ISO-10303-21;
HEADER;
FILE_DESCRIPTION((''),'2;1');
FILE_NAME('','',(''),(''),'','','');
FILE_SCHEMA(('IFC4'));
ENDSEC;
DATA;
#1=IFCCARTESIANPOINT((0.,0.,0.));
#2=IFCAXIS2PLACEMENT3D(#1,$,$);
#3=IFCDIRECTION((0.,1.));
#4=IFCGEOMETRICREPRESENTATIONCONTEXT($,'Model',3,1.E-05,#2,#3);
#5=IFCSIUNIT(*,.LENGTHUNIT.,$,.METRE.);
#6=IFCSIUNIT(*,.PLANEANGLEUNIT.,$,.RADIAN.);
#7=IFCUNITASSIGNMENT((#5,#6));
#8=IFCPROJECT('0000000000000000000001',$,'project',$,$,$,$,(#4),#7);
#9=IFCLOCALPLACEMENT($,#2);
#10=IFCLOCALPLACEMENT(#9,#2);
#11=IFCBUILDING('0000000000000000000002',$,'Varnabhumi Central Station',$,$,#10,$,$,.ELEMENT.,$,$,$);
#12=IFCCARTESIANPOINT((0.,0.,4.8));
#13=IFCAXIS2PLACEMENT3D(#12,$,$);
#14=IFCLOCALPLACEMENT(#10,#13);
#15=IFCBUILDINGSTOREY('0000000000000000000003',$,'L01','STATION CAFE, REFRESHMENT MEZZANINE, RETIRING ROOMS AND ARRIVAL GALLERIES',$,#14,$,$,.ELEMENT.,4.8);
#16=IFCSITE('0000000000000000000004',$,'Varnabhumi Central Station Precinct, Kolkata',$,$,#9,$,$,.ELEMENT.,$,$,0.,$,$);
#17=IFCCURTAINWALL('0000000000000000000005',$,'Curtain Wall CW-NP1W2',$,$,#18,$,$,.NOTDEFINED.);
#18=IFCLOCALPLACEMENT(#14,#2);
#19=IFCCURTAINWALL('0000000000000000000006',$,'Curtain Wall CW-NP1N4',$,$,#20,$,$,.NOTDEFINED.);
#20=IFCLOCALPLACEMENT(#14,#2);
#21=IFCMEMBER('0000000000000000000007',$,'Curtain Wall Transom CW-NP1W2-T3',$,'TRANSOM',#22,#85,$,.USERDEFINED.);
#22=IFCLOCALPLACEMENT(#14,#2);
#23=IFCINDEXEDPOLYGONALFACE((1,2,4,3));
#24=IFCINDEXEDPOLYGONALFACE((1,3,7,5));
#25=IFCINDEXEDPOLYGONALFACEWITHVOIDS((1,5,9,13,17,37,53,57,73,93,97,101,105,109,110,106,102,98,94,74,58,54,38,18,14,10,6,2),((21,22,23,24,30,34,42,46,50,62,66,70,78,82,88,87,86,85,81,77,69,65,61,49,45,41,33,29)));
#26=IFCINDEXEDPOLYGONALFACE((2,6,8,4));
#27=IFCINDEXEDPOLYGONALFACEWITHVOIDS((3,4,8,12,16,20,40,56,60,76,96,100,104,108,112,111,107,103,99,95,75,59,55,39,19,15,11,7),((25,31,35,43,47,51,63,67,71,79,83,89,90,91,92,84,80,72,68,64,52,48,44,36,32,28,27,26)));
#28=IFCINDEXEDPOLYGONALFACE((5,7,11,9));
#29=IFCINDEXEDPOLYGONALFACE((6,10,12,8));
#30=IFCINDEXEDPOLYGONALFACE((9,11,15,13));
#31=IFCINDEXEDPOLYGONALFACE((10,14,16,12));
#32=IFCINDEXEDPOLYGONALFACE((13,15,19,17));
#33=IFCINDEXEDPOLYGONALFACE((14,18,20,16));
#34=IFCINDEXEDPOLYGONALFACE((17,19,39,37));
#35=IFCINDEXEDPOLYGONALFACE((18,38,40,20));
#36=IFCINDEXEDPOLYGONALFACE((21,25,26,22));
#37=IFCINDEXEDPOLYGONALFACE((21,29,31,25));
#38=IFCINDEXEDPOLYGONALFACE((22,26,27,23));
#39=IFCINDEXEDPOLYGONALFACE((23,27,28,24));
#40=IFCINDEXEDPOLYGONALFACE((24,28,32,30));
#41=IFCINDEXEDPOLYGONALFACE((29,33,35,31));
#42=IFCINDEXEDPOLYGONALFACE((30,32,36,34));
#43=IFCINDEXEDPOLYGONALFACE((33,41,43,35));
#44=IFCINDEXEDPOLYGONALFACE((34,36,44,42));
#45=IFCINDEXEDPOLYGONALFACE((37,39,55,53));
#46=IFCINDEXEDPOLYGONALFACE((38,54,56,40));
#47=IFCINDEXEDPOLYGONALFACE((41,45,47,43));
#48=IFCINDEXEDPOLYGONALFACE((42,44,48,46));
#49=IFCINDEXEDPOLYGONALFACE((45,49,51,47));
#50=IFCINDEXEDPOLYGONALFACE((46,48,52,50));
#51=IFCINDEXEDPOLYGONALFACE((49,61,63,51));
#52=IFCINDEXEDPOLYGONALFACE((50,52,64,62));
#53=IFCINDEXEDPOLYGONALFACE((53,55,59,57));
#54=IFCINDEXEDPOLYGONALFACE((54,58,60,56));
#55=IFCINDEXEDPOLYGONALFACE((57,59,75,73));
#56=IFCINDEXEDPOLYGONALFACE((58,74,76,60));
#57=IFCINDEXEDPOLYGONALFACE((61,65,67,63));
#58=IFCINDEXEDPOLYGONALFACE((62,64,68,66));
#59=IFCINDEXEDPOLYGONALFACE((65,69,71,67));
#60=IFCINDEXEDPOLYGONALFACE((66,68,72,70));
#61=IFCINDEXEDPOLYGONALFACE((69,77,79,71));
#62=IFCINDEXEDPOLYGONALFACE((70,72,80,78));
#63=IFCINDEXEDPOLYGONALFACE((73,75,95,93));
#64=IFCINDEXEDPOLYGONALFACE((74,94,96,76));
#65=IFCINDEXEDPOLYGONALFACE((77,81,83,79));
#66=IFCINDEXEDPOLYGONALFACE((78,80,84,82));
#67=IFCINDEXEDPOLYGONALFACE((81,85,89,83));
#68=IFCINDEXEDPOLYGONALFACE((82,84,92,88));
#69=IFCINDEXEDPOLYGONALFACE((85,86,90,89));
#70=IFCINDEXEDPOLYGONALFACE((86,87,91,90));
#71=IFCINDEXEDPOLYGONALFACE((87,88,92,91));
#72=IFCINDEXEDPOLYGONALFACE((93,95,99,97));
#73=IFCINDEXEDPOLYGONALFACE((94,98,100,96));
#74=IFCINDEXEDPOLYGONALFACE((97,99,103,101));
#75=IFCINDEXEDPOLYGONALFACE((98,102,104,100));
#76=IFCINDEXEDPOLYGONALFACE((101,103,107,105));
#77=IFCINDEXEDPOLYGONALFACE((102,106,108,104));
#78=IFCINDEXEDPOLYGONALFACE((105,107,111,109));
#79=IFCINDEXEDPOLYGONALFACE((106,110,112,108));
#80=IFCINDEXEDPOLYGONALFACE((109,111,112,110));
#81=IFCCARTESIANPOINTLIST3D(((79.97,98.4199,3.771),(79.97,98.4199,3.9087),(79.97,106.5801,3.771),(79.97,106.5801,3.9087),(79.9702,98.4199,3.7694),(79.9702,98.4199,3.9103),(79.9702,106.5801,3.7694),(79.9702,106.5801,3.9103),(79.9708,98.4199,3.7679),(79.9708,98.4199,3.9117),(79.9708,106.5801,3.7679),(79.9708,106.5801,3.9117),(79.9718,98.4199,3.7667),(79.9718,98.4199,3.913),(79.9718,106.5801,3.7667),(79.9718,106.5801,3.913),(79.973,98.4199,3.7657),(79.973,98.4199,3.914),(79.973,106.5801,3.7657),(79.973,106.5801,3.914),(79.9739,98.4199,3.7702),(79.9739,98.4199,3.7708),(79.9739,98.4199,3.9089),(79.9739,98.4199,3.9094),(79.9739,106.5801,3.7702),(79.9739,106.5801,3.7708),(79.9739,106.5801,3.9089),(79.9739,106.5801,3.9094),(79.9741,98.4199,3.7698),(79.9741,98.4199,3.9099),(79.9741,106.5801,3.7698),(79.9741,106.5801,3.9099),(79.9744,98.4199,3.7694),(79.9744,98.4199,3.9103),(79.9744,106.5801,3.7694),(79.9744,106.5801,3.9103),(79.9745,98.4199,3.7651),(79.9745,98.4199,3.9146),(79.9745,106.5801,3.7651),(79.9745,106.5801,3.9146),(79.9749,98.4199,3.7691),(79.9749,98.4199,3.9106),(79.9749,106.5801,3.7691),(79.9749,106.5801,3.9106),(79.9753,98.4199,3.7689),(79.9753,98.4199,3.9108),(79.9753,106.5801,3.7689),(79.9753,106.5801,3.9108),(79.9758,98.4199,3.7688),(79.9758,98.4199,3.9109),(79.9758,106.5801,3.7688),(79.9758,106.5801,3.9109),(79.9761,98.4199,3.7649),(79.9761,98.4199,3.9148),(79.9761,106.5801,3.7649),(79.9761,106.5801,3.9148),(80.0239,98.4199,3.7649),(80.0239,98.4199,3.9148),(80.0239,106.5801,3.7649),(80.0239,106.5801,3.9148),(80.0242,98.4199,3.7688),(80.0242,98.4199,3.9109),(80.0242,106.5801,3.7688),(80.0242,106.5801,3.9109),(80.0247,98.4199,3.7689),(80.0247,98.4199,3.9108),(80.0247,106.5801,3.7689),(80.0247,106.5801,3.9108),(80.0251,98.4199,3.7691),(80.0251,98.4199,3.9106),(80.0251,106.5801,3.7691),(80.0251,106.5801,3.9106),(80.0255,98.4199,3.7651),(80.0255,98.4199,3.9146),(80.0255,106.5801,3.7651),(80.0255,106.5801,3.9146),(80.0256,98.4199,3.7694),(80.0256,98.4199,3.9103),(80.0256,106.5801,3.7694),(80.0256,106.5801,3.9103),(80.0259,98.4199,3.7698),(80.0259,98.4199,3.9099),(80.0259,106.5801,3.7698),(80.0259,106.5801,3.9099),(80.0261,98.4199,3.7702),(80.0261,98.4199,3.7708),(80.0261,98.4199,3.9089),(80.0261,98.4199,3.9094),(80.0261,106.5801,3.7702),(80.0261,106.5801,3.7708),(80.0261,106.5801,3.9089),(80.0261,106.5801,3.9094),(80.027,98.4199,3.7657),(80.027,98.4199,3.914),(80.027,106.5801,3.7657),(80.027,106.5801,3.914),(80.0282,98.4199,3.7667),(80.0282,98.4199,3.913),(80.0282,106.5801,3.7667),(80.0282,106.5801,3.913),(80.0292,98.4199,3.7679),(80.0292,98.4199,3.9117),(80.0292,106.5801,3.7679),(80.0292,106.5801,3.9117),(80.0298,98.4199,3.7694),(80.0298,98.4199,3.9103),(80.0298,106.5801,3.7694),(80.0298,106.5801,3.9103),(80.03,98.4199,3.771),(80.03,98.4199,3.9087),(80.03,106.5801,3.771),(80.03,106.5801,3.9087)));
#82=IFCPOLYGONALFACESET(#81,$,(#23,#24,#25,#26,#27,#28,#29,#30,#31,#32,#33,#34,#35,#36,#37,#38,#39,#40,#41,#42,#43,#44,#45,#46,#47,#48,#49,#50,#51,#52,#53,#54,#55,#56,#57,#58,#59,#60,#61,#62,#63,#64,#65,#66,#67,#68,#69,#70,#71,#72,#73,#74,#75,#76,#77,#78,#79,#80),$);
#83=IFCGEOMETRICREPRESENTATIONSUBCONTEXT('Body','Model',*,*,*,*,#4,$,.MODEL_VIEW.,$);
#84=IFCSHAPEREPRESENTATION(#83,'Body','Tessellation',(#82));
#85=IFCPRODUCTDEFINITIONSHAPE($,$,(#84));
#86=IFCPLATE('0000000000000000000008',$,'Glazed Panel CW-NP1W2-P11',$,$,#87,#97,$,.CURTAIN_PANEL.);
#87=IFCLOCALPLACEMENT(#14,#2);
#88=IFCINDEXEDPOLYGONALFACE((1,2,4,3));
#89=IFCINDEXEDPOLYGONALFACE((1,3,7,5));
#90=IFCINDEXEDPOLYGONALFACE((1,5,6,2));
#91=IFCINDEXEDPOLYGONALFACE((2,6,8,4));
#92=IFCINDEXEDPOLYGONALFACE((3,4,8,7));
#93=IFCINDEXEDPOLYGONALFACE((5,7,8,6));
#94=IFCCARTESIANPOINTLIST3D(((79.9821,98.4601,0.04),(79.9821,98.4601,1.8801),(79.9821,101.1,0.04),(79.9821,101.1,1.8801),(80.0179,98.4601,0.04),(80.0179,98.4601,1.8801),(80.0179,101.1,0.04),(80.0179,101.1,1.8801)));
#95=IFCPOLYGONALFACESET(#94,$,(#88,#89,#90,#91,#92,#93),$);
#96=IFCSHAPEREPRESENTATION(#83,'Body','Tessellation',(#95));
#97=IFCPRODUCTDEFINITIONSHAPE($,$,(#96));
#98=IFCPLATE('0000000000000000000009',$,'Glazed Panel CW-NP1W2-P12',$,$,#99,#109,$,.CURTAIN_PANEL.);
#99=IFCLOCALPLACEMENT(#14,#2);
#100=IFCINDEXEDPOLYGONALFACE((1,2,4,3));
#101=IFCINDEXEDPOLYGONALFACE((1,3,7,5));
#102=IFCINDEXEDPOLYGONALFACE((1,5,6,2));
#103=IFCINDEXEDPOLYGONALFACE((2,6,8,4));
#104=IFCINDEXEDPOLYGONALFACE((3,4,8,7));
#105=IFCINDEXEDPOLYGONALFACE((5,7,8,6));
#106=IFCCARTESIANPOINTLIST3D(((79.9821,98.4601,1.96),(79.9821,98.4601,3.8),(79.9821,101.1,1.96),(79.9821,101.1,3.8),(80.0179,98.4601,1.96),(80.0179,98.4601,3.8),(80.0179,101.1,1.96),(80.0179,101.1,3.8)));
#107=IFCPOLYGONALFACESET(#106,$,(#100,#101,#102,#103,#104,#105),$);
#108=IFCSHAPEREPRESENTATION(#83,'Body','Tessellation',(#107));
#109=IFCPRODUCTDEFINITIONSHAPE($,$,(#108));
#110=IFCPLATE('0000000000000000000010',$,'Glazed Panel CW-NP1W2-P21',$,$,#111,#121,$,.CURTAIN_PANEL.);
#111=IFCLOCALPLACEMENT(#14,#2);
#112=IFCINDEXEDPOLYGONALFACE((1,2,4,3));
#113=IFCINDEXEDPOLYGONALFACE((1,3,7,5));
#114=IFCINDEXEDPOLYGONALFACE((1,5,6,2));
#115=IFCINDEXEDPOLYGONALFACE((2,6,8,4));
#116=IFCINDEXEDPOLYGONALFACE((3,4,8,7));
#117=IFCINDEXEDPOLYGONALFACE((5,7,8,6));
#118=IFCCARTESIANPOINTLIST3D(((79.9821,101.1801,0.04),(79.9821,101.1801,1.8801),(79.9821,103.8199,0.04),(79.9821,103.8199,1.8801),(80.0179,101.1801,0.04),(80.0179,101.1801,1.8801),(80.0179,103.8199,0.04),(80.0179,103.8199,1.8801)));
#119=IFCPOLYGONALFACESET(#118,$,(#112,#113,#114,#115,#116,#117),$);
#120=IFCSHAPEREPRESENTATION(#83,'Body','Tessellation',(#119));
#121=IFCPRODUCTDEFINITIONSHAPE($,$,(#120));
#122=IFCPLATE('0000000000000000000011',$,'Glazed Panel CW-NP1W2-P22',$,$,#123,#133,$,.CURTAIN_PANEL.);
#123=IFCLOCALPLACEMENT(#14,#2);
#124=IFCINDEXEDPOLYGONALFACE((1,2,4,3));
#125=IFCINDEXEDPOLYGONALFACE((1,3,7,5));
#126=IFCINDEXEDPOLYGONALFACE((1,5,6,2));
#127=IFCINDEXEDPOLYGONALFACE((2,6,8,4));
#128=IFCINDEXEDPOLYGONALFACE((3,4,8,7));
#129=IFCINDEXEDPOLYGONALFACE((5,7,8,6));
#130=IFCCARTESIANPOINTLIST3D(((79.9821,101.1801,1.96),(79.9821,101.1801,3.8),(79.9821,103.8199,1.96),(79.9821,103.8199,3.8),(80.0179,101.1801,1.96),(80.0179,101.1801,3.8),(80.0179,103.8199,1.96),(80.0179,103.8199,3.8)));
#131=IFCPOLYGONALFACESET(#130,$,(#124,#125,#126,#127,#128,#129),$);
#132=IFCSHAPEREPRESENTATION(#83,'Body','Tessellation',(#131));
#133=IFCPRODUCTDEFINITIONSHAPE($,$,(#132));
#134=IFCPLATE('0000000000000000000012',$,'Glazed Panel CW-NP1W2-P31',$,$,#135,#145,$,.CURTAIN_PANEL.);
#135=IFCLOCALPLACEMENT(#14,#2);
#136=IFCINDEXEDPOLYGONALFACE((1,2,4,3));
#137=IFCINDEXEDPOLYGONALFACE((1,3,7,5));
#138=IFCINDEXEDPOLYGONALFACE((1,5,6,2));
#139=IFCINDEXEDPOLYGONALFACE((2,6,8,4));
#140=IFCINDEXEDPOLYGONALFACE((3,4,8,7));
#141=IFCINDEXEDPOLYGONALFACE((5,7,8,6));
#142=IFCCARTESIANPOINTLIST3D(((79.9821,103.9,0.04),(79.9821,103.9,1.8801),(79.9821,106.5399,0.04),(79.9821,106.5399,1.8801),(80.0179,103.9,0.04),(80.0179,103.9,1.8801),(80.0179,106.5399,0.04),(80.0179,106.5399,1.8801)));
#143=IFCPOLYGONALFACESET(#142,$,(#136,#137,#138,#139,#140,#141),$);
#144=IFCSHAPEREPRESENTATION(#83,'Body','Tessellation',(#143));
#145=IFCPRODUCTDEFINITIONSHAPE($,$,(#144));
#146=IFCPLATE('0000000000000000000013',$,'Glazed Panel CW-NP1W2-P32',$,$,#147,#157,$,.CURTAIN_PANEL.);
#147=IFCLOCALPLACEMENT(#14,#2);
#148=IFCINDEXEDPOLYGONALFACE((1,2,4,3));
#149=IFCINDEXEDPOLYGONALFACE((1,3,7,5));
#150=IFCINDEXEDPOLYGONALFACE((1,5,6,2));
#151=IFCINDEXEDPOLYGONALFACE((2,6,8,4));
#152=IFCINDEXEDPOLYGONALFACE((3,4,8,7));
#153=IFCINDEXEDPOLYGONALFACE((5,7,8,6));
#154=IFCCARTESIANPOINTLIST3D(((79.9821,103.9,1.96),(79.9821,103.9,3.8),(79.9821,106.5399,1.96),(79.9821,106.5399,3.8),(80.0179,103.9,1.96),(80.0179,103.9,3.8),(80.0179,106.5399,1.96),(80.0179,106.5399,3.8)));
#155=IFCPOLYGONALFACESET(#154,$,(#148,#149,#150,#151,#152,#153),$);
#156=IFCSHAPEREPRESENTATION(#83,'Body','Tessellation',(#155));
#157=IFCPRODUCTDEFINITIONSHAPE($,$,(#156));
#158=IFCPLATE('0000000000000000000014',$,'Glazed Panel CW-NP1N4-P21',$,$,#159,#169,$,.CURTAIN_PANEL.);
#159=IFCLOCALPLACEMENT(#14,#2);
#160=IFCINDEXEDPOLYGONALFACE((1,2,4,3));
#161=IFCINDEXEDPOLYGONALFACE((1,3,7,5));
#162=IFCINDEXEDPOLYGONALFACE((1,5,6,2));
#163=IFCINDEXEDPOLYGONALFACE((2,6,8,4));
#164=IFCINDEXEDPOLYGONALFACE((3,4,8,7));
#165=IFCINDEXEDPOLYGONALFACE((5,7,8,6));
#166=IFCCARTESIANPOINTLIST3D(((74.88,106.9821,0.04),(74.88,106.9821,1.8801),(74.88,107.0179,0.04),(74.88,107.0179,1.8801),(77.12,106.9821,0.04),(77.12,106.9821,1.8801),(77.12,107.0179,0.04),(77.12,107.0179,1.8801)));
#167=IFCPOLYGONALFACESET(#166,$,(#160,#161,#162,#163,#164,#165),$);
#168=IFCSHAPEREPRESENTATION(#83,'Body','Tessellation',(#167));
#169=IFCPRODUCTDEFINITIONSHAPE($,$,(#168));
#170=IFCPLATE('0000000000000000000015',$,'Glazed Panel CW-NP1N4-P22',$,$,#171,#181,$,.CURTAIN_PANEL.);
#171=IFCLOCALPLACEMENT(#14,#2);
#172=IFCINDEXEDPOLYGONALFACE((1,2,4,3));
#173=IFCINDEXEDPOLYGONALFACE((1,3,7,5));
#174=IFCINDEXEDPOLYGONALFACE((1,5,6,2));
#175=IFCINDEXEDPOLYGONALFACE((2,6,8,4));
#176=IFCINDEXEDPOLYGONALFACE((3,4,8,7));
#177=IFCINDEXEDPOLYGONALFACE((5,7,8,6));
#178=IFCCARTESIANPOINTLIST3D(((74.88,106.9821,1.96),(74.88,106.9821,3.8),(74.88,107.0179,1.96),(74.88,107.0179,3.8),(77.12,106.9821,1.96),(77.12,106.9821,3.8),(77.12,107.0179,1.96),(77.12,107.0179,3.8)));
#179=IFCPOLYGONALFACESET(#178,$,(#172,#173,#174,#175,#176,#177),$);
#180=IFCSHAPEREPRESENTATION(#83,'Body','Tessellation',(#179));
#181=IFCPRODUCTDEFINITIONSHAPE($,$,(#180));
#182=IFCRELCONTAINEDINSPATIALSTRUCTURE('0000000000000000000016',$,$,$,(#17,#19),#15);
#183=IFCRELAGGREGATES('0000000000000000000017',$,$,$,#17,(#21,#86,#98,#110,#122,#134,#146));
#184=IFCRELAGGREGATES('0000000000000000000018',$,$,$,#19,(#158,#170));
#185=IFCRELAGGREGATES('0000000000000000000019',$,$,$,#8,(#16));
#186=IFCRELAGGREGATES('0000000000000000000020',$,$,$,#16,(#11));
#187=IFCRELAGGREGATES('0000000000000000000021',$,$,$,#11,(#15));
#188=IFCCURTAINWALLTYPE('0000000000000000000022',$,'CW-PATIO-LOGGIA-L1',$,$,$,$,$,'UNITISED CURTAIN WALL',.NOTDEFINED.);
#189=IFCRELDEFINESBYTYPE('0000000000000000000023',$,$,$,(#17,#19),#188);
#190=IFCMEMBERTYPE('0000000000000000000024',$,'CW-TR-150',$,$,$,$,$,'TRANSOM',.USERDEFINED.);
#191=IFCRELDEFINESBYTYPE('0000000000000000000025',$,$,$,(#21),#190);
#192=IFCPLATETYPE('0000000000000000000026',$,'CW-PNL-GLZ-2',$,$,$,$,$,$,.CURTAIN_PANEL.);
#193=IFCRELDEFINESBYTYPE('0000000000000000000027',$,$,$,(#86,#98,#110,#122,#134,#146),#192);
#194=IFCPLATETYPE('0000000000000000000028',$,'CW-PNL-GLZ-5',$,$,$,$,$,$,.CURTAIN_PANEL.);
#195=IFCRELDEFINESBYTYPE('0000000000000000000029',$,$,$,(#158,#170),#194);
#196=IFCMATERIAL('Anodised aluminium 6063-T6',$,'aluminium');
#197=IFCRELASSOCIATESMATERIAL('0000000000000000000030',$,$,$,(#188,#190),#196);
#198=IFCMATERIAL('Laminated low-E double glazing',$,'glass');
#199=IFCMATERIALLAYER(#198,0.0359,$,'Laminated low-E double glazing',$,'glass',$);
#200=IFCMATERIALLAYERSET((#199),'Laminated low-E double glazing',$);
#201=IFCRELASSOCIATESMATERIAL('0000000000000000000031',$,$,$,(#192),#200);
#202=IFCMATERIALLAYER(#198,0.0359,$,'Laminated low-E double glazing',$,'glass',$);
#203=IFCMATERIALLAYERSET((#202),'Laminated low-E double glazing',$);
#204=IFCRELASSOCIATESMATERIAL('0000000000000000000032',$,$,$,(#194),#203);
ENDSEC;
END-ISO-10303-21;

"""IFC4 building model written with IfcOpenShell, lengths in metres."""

from ifc_helpers import new_model, si_unit, direction, frame, origin, origin_2d, place, context, subcontext, project, spatial, rectangle, hollow_rectangle, extrude, material, layer, layer_set, material_profile, profile_set, type_object, element, aggregate, save


model = new_model("IFC4")

# Units and contexts
model_context = context("Model", 3, precision=1e-05, world=origin(), true_north=direction((0.0, 1.0)))
body_context = subcontext(model_context, "Body", "Model", "MODEL_VIEW")
ifc_project = project(units=[si_unit("LENGTHUNIT", "METRE"), si_unit("PLANEANGLEUNIT", "RADIAN")], contexts=[model_context])

# Site, building, storey
site_placement = place(None, origin())
site = spatial("IfcSite", under=ifc_project, at=site_placement, Name="Varnabhumi Central Station Precinct, Kolkata", CompositionType="ELEMENT", RefElevation=0.0)
building_placement = place(site_placement, origin())
building = spatial("IfcBuilding", under=site, at=building_placement, Name="Varnabhumi Central Station", CompositionType="ELEMENT")
storey_placement = place(building_placement, frame((0.0, 0.0, 4.8)))
storey = spatial("IfcBuildingStorey", under=building, at=storey_placement, Name="L01", Description="STATION CAFE, REFRESHMENT MEZZANINE, RETIRING ROOMS AND ARRIVAL GALLERIES", CompositionType="ELEMENT", Elevation=4.8)

# Curtain wall
ifc_material_1 = material(Name="Anodised aluminium 6063-T6", Category="aluminium")
curtain_wall_type = type_object("IfcCurtainWallType", Name="CW-PATIO-LOGGIA-L1", ElementType="UNITISED CURTAIN WALL", PredefinedType="NOTDEFINED", material=ifc_material_1)
curtain_wall_1_placement = place(storey_placement, origin())
curtain_wall_1 = element("IfcCurtainWall", 1, at=curtain_wall_1_placement, inside=storey, type_object=curtain_wall_type, Name="Curtain Wall CW-NP1W2", PredefinedType="NOTDEFINED")

# Curtain wall
curtain_wall_2_placement = place(storey_placement, origin())
curtain_wall_2 = element("IfcCurtainWall", 2, at=curtain_wall_2_placement, inside=storey, type_object=curtain_wall_type, Name="Curtain Wall CW-NP1N4", PredefinedType="NOTDEFINED")

# Member
ifc_material_profile_1 = material_profile(ifc_material_1, hollow_rectangle(XDim=0.0601, YDim=0.1499, WallThickness=0.0039, InnerFilletRadius=0.002, OuterFilletRadius=0.0061, at=origin_2d()), Name="Anodised aluminium 6063-T6", Category="aluminium")
ifc_profile_set_1 = profile_set([ifc_material_profile_1], Name="Anodised aluminium 6063-T6")
member_type_1 = type_object("IfcMemberType", Name="CW-TR-150", ElementType="TRANSOM", PredefinedType="USERDEFINED", material=ifc_profile_set_1)
member_1_placement = place(storey_placement, frame((80.0, 98.4199, 3.8398), z_axis=(0.0, 1.0, 0.0), x_axis=(-1.0, 0.0, 0.0)))
member_1 = element("IfcMember", 3, at=member_1_placement, type_object=member_type_1, Name="Curtain Wall Transom CW-NP1W2-T3", ObjectType="TRANSOM", PredefinedType="USERDEFINED", context=body_context, shape_type="SweptSolid", body=[
    extrude(hollow_rectangle(XDim=0.0601, YDim=0.1499, WallThickness=0.0039, InnerFilletRadius=0.002, OuterFilletRadius=0.0061, at=origin_2d()), origin(), (0.0, 0.0, 1.0), 8.1602),
])

# Plates
ifc_material_2 = material(Name="Laminated low-E double glazing", Category="glass")
ifc_layer_1 = layer(ifc_material_2, 0.0359, Name="Laminated low-E double glazing", Category="glass")
ifc_layer_set_1 = layer_set([ifc_layer_1], Name="Laminated low-E double glazing")
plate_type_1 = type_object("IfcPlateType", Name="CW-PNL-GLZ-2", PredefinedType="CURTAIN_PANEL", material=ifc_layer_set_1)
plate_1_placement = place(storey_placement, frame((80.0, 99.78, 0.04), z_axis=(0.0, 0.0, 1.0), x_axis=(0.0, 1.0, 0.0)))
plate_1 = element("IfcPlate", 4, at=plate_1_placement, type_object=plate_type_1, Name="Glazed Panel CW-NP1W2-P11", PredefinedType="CURTAIN_PANEL", context=body_context, shape_type="SweptSolid", body=[
    extrude(rectangle(XDim=2.6399, YDim=0.0359, at=origin_2d()), origin(), (0.0, 0.0, 1.0), 1.8401),
])
plate_2_placement = place(storey_placement, frame((80.0, 99.78, 1.96), z_axis=(0.0, 0.0, 1.0), x_axis=(0.0, 1.0, 0.0)))
plate_2 = element("IfcPlate", 5, at=plate_2_placement, type_object=plate_type_1, Name="Glazed Panel CW-NP1W2-P12", PredefinedType="CURTAIN_PANEL", context=body_context, shape_type="SweptSolid", body=[
    extrude(rectangle(XDim=2.6399, YDim=0.0359, at=origin_2d()), origin(), (0.0, 0.0, 1.0), 1.8401),
])
plate_3_placement = place(storey_placement, frame((80.0, 102.5, 0.04), z_axis=(0.0, 0.0, 1.0), x_axis=(0.0, 1.0, 0.0)))
plate_3 = element("IfcPlate", 6, at=plate_3_placement, type_object=plate_type_1, Name="Glazed Panel CW-NP1W2-P21", PredefinedType="CURTAIN_PANEL", context=body_context, shape_type="SweptSolid", body=[
    extrude(rectangle(XDim=2.6399, YDim=0.0359, at=origin_2d()), origin(), (0.0, 0.0, 1.0), 1.8401),
])
plate_4_placement = place(storey_placement, frame((80.0, 102.5, 1.96), z_axis=(0.0, 0.0, 1.0), x_axis=(0.0, 1.0, 0.0)))
plate_4 = element("IfcPlate", 7, at=plate_4_placement, type_object=plate_type_1, Name="Glazed Panel CW-NP1W2-P22", PredefinedType="CURTAIN_PANEL", context=body_context, shape_type="SweptSolid", body=[
    extrude(rectangle(XDim=2.6399, YDim=0.0359, at=origin_2d()), origin(), (0.0, 0.0, 1.0), 1.8401),
])
plate_5_placement = place(storey_placement, frame((80.0, 105.22, 0.04), z_axis=(0.0, 0.0, 1.0), x_axis=(0.0, 1.0, 0.0)))
plate_5 = element("IfcPlate", 8, at=plate_5_placement, type_object=plate_type_1, Name="Glazed Panel CW-NP1W2-P31", PredefinedType="CURTAIN_PANEL", context=body_context, shape_type="SweptSolid", body=[
    extrude(rectangle(XDim=2.6399, YDim=0.0359, at=origin_2d()), origin(), (0.0, 0.0, 1.0), 1.8401),
])
plate_6_placement = place(storey_placement, frame((80.0, 105.22, 1.96), z_axis=(0.0, 0.0, 1.0), x_axis=(0.0, 1.0, 0.0)))
plate_6 = element("IfcPlate", 9, at=plate_6_placement, type_object=plate_type_1, Name="Glazed Panel CW-NP1W2-P32", PredefinedType="CURTAIN_PANEL", context=body_context, shape_type="SweptSolid", body=[
    extrude(rectangle(XDim=2.6399, YDim=0.0359, at=origin_2d()), origin(), (0.0, 0.0, 1.0), 1.8401),
])
aggregate(curtain_wall_1, [member_1, plate_1, plate_2, plate_3, plate_4, plate_5, plate_6])
ifc_layer_2 = layer(ifc_material_2, 0.0359, Name="Laminated low-E double glazing", Category="glass")
ifc_layer_set_2 = layer_set([ifc_layer_2], Name="Laminated low-E double glazing")
plate_type_2 = type_object("IfcPlateType", Name="CW-PNL-GLZ-5", PredefinedType="CURTAIN_PANEL", material=ifc_layer_set_2)
plate_7_placement = place(storey_placement, frame((76.0, 107.0, 0.04), z_axis=(0.0, 0.0, 1.0), x_axis=(1.0, 0.0, 0.0)))
plate_7 = element("IfcPlate", 10, at=plate_7_placement, type_object=plate_type_2, Name="Glazed Panel CW-NP1N4-P21", PredefinedType="CURTAIN_PANEL", context=body_context, shape_type="SweptSolid", body=[
    extrude(rectangle(XDim=2.24, YDim=0.0359, at=origin_2d()), origin(), (0.0, 0.0, 1.0), 1.8401),
])
plate_8_placement = place(storey_placement, frame((76.0, 107.0, 1.96), z_axis=(0.0, 0.0, 1.0), x_axis=(1.0, 0.0, 0.0)))
plate_8 = element("IfcPlate", 11, at=plate_8_placement, type_object=plate_type_2, Name="Glazed Panel CW-NP1N4-P22", PredefinedType="CURTAIN_PANEL", context=body_context, shape_type="SweptSolid", body=[
    extrude(rectangle(XDim=2.24, YDim=0.0359, at=origin_2d()), origin(), (0.0, 0.0, 1.0), 1.8401),
])
aggregate(curtain_wall_2, [plate_7, plate_8])

save(model, "model.ifc")
